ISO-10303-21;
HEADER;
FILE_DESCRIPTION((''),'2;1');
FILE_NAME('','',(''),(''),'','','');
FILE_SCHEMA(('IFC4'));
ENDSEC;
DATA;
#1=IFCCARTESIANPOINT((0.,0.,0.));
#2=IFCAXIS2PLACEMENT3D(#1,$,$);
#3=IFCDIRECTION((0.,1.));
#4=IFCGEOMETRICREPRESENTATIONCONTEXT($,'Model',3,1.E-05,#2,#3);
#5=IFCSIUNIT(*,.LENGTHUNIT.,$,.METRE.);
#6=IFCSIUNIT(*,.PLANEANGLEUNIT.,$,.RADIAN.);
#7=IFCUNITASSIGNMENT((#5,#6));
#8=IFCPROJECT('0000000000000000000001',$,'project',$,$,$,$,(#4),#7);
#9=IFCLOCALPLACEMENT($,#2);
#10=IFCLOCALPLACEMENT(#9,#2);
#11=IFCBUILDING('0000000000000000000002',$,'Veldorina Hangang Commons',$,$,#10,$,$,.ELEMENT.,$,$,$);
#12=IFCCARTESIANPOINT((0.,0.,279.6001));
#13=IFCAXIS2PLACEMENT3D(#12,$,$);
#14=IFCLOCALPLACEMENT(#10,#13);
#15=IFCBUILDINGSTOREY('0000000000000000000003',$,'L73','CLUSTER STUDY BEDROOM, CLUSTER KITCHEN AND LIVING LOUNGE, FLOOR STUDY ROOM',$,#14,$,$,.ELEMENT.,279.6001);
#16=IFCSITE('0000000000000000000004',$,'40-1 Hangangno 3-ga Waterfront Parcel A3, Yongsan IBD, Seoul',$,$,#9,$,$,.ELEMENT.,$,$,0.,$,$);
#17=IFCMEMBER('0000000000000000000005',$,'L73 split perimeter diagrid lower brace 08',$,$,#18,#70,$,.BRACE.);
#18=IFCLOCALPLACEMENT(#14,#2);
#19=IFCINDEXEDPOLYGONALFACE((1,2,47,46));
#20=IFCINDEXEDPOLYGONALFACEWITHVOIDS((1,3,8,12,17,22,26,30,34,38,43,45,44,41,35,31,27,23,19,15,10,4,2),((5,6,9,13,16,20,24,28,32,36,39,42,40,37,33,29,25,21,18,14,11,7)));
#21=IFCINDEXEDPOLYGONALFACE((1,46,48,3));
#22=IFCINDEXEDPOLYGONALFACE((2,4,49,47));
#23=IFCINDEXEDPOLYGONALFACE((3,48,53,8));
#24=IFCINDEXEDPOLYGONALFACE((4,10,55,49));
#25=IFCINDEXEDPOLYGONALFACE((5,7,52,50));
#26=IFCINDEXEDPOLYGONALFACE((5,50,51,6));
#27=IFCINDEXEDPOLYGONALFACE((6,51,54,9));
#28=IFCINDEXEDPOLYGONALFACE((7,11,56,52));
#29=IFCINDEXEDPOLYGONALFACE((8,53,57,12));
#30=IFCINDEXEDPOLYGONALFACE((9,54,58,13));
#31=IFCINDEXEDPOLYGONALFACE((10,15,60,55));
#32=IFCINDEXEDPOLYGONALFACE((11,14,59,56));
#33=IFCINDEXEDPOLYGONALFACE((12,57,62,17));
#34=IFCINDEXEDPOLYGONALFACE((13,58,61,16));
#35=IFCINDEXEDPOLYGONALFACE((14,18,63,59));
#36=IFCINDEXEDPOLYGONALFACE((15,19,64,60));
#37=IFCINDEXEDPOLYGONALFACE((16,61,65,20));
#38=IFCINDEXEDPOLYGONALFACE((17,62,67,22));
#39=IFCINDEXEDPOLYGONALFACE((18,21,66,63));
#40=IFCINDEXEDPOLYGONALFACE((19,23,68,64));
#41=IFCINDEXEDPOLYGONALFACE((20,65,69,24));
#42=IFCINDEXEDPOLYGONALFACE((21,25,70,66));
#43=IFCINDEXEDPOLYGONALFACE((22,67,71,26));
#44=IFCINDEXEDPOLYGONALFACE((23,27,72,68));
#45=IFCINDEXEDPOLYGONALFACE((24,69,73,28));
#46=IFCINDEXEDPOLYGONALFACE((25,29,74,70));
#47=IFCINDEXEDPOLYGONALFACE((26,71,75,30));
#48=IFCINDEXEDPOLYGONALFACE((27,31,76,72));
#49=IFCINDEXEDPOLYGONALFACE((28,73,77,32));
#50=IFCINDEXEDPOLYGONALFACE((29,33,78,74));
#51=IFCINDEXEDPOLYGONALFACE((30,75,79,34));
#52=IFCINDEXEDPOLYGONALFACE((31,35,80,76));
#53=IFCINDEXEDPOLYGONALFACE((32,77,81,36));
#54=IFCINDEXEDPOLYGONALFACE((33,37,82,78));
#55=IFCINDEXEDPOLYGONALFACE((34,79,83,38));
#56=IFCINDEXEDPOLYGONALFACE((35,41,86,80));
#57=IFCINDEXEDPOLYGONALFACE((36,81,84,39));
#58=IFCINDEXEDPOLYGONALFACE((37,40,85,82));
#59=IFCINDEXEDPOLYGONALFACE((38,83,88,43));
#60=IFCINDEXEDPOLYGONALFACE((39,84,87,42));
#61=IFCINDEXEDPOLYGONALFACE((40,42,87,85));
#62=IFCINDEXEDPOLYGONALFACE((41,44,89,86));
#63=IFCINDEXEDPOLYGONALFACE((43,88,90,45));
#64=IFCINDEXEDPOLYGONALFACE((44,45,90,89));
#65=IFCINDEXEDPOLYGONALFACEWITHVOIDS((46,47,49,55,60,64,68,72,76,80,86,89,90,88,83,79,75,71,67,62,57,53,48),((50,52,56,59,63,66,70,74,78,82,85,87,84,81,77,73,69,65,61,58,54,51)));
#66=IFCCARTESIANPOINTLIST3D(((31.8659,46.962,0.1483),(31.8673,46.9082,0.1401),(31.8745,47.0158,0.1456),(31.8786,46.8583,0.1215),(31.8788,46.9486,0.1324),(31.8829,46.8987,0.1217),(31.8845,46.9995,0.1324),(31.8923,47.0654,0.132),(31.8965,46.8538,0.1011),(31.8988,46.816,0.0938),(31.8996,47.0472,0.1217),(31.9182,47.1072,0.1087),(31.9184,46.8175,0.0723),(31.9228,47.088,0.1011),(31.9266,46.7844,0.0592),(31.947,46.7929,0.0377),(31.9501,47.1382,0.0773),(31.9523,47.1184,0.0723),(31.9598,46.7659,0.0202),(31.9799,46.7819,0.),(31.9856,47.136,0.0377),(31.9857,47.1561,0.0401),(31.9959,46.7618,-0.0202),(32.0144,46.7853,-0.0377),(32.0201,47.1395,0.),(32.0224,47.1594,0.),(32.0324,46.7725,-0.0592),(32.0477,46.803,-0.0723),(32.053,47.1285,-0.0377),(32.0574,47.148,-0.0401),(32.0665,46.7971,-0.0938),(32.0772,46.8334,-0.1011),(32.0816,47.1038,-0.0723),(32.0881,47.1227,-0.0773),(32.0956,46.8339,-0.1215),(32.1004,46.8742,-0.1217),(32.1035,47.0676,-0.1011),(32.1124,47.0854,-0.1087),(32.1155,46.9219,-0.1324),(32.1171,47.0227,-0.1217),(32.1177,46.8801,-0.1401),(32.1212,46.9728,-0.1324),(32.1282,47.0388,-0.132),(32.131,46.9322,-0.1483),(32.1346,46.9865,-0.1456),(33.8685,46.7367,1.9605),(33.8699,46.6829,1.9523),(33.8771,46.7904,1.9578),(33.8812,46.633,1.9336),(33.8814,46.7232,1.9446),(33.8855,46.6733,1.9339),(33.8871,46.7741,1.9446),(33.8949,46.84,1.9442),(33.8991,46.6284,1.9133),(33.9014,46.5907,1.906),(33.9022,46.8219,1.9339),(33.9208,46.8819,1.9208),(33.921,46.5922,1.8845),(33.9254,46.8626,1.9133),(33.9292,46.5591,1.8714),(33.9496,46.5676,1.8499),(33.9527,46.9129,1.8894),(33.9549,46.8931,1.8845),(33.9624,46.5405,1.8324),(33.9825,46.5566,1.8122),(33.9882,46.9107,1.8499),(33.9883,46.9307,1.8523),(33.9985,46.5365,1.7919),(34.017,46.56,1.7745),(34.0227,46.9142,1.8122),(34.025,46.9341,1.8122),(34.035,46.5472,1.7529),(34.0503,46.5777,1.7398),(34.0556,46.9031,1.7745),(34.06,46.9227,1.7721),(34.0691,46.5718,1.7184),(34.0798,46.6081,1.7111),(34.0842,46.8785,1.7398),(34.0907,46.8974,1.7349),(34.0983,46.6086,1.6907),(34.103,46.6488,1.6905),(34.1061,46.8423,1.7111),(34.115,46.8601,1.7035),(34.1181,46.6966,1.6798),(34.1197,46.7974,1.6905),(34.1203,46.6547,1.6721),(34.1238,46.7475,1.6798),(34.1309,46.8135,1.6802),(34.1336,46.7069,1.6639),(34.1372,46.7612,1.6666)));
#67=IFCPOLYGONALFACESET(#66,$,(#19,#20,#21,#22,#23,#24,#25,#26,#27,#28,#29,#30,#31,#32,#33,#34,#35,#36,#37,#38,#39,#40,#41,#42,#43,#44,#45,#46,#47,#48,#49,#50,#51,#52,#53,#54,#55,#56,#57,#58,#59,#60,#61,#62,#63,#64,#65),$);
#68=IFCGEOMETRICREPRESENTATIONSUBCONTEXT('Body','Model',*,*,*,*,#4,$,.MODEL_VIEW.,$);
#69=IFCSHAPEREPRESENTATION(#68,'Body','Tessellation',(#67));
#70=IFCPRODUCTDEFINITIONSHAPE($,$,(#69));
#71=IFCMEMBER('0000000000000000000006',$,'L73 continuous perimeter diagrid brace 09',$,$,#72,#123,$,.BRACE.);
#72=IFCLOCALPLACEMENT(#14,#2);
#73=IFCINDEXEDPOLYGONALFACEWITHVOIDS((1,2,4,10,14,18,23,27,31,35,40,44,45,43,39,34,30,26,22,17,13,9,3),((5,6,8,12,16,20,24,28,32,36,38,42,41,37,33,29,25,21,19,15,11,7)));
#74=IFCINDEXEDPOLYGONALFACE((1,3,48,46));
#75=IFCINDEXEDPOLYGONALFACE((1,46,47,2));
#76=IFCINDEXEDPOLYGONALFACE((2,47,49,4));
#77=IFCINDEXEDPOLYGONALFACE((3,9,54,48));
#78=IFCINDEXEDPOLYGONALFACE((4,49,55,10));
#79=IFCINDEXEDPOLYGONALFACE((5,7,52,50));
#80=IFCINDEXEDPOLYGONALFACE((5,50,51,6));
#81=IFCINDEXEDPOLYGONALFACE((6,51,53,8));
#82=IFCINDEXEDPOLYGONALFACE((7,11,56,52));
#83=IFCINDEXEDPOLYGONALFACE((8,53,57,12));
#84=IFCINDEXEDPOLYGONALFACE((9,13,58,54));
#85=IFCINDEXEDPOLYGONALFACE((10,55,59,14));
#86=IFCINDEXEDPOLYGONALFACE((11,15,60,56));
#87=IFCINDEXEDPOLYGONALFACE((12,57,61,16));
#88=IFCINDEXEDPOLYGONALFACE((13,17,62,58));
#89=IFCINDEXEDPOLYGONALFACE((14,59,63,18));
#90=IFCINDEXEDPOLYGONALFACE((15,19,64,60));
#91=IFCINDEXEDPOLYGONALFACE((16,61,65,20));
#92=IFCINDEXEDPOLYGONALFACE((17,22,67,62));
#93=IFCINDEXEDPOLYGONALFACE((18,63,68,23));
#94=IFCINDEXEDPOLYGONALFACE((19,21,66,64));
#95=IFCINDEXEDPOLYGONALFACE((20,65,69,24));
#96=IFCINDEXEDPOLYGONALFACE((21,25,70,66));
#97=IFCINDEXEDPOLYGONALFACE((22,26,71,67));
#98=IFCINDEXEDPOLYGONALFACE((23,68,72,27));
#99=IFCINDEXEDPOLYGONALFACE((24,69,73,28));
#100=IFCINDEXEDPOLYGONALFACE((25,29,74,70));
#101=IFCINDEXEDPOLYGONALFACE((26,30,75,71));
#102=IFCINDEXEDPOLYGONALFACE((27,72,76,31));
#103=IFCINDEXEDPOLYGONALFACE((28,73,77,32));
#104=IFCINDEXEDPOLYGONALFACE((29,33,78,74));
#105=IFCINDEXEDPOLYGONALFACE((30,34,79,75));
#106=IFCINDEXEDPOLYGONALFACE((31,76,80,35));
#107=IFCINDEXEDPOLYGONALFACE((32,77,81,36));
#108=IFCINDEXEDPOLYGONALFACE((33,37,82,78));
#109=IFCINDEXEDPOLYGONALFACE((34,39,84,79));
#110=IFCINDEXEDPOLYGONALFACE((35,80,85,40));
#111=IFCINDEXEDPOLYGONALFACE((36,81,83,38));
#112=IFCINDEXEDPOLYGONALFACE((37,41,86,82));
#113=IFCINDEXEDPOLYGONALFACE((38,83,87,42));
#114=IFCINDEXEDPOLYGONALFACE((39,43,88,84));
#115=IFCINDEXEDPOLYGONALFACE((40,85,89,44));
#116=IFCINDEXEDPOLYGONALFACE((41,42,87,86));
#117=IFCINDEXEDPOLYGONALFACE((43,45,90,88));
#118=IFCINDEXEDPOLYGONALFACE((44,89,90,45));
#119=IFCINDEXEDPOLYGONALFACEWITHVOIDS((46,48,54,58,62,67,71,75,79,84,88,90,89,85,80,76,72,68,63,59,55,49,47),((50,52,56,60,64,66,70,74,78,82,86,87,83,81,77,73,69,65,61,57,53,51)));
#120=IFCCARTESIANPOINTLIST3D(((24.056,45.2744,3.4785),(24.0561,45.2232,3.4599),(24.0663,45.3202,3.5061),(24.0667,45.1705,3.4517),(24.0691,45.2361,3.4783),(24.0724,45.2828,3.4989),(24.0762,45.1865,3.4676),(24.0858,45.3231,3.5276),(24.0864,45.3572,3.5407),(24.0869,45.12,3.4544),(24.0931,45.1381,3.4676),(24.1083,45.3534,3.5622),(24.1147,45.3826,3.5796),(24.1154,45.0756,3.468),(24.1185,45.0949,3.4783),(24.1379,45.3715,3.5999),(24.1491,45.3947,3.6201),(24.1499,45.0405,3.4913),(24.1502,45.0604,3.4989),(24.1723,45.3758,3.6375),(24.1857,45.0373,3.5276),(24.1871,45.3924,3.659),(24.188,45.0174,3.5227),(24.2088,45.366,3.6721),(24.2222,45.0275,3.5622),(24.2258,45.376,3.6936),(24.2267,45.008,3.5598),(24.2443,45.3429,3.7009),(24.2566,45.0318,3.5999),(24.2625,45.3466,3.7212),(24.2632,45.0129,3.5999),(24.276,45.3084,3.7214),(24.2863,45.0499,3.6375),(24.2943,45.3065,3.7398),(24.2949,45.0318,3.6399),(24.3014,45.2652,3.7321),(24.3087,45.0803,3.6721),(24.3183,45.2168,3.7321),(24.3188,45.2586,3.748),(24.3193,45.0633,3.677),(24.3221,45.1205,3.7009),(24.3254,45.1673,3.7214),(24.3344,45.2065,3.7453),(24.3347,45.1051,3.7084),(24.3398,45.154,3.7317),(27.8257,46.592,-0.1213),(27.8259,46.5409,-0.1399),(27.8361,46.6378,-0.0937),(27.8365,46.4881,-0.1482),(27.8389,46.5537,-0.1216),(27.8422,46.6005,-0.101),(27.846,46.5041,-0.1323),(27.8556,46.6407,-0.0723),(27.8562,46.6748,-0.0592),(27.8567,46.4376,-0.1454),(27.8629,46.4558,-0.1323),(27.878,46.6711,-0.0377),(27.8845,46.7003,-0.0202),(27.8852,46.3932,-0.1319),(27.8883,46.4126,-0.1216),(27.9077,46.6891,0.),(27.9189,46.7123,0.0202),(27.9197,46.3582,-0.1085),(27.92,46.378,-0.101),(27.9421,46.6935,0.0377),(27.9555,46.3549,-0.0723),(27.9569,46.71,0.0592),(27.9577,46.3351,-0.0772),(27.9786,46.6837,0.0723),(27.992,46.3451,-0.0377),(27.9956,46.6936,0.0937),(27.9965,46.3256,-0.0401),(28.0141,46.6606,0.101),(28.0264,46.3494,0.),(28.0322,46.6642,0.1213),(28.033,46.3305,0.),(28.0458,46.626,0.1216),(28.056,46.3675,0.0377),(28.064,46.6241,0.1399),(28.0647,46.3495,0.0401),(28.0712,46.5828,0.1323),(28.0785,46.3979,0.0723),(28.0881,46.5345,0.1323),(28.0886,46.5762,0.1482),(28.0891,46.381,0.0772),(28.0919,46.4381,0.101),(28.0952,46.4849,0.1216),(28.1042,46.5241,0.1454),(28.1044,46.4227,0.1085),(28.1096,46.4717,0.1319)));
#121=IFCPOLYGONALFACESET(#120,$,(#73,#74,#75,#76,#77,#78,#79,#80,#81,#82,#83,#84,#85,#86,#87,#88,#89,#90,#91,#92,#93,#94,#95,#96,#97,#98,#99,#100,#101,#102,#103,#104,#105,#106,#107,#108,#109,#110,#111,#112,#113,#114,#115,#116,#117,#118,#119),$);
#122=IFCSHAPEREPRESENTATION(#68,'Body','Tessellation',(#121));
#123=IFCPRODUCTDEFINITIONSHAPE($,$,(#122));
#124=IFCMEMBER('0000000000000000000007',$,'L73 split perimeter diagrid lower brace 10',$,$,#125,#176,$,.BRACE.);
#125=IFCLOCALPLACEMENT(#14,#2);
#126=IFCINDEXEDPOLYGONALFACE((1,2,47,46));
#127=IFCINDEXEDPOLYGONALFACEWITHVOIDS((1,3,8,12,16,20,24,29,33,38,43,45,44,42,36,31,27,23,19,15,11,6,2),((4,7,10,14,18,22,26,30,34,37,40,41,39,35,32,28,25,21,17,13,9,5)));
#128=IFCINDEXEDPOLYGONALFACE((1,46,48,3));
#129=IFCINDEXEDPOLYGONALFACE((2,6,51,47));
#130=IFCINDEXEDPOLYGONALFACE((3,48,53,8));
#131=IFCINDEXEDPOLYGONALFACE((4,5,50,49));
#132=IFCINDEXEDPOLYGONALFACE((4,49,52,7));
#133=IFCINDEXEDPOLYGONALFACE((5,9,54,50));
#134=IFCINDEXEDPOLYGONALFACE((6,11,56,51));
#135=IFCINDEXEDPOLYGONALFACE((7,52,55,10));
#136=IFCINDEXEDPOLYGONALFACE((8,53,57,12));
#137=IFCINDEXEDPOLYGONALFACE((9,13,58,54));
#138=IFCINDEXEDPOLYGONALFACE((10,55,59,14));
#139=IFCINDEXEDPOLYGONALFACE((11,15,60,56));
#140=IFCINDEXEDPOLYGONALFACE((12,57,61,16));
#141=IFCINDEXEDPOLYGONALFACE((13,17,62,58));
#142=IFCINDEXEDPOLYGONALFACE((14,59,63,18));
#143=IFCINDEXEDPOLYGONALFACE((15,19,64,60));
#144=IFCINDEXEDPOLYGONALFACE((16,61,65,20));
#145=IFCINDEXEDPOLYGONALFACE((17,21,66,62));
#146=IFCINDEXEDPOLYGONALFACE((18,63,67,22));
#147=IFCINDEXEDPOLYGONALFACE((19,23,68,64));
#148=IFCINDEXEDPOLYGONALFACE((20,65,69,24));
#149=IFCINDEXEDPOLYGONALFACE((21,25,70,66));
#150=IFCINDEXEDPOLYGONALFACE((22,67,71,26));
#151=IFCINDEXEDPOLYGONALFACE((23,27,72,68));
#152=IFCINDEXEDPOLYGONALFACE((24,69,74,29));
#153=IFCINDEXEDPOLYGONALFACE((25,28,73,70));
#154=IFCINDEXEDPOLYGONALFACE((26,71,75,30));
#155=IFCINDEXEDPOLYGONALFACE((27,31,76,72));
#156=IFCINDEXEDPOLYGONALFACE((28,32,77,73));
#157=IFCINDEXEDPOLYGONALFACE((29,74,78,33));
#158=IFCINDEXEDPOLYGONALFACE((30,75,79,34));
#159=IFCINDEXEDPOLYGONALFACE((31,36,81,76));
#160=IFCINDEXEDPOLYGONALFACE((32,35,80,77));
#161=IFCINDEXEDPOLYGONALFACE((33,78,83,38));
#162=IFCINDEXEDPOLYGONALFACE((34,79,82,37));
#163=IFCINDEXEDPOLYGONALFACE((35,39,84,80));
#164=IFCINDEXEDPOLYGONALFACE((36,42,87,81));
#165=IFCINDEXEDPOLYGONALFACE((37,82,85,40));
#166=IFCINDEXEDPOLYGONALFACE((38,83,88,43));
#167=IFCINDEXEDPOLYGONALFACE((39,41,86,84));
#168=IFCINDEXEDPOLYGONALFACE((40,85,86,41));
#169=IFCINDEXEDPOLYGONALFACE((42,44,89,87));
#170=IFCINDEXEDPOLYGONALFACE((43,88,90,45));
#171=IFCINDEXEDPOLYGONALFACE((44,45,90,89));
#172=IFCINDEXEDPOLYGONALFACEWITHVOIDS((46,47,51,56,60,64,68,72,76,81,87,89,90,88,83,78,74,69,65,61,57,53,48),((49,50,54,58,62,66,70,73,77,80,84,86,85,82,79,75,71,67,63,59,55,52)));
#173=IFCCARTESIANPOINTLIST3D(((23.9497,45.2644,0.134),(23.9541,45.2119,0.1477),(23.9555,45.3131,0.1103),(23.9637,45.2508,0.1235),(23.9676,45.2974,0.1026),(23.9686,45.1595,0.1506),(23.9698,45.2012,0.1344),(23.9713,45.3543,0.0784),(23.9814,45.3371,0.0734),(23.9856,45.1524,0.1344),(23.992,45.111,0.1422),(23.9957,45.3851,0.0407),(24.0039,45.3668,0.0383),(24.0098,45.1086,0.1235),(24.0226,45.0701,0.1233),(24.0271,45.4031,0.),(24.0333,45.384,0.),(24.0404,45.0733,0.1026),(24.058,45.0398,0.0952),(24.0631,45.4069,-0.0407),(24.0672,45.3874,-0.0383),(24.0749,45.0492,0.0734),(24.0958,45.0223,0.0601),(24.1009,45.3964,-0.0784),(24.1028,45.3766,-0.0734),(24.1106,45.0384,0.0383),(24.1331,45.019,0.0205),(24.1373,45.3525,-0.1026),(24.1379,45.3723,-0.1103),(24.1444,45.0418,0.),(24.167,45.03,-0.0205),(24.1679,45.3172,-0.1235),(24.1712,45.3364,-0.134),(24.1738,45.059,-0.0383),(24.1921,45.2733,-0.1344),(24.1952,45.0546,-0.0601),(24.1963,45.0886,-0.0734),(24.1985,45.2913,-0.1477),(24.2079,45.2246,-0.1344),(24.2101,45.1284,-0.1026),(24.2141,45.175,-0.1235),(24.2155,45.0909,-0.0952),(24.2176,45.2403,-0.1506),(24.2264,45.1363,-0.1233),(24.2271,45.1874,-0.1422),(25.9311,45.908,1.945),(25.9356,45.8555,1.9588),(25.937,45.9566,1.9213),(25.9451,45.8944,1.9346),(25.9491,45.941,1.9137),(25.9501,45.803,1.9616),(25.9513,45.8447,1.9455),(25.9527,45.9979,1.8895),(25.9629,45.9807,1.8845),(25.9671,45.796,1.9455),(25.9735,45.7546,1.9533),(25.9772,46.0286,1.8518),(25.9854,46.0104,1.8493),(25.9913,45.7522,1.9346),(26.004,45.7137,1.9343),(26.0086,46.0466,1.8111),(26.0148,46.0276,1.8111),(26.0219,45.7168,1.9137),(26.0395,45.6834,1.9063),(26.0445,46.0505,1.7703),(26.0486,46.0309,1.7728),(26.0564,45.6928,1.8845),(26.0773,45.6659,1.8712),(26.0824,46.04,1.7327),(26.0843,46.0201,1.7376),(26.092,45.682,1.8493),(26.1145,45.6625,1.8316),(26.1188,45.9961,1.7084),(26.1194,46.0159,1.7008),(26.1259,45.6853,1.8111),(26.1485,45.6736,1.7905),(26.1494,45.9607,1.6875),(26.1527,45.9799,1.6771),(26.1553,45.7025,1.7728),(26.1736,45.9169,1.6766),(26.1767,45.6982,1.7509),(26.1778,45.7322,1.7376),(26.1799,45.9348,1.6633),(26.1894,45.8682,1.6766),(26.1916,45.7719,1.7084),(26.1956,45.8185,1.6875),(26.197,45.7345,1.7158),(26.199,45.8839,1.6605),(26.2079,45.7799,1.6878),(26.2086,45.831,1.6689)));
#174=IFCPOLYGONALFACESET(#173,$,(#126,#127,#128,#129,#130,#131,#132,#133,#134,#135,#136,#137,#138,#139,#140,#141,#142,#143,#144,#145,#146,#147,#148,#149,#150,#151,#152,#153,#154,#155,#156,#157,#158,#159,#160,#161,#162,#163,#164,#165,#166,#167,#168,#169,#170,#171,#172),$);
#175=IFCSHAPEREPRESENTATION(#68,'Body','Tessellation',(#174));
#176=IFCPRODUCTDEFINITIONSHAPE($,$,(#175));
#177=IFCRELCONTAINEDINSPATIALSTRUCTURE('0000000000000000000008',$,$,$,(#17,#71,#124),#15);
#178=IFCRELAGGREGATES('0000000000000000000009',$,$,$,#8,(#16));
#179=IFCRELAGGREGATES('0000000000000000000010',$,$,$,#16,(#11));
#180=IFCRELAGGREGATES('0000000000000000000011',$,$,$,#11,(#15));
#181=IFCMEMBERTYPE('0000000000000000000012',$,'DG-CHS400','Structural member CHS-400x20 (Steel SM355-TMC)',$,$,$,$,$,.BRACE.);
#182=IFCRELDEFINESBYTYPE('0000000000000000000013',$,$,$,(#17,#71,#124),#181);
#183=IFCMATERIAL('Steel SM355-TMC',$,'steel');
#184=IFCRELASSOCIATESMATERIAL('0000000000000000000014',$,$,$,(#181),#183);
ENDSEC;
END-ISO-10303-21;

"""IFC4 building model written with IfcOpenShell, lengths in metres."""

from ifc_helpers import new_model, si_unit, direction, frame, origin, origin_2d, place, context, subcontext, project, spatial, hollow_circle, extrude, material, material_profile, profile_set, type_object, element, save


model = new_model("IFC4")

# Units and contexts
model_context = context("Model", 3, precision=1e-05, world=origin(), true_north=direction((0.0, 1.0)))
body_context = subcontext(model_context, "Body", "Model", "MODEL_VIEW")
ifc_project = project(units=[si_unit("LENGTHUNIT", "METRE"), si_unit("PLANEANGLEUNIT", "RADIAN")], contexts=[model_context])

# Site, building, storey
site_placement = place(None, origin())
site = spatial("IfcSite", under=ifc_project, at=site_placement, Name="40-1 Hangangno 3-ga Waterfront Parcel A3, Yongsan IBD, Seoul", CompositionType="ELEMENT", RefElevation=0.0)
building_placement = place(site_placement, origin())
building = spatial("IfcBuilding", under=site, at=building_placement, Name="Veldorina Hangang Commons", CompositionType="ELEMENT")
storey_placement = place(building_placement, frame((0.0, 0.0, 279.6001)))
storey = spatial("IfcBuildingStorey", under=building, at=storey_placement, Name="L73", Description="CLUSTER STUDY BEDROOM, CLUSTER KITCHEN AND LIVING LOUNGE, FLOOR STUDY ROOM", CompositionType="ELEMENT", Elevation=279.6001)

# Shared definitions
ifc_material_1 = material(Name="Steel SM355-TMC", Category="steel")

# Members
ifc_material_profile_1 = material_profile(ifc_material_1, hollow_circle(Radius=0.2, WallThickness=0.02, at=origin_2d()), Name="CHS-400x20")
ifc_profile_set_1 = profile_set([ifc_material_profile_1], Name="Steel SM355-TMC")
member_type_1 = type_object("IfcMemberType", Name="DG-CHS400", Description="Structural member CHS-400x20 (Steel SM355-TMC)", PredefinedType="BRACE", material=ifc_profile_set_1)
member_1_placement = place(storey_placement, frame((32.0, 46.9607, 0.0), z_axis=(0.738913, -0.083142, 0.668652), x_axis=(0.111814, 0.993729, 0.0)))
element("IfcMember", 1, at=member_1_placement, inside=storey, type_object=member_type_1, Name="L73 split perimeter diagrid lower brace 08", PredefinedType="BRACE", context=body_context, shape_type="SweptSolid", body=[
    extrude(hollow_circle(Radius=0.2, WallThickness=0.02, at=origin_2d()), origin(), (0.0, 0.0, 1.0), 2.7102),
])
member_2_placement = place(storey_placement, frame((27.967, 46.5193, 0.0), z_axis=(-0.701163, -0.245073, 0.669559), x_axis=(0.32995, -0.943998, 0.0)))
element("IfcMember", 2, at=member_2_placement, inside=storey, type_object=member_type_1, Name="L73 continuous perimeter diagrid brace 09", PredefinedType="BRACE", context=body_context, shape_type="SweptSolid", body=[
    extrude(hollow_circle(Radius=0.2, WallThickness=0.02, at=origin_2d()), origin(), (0.0, 0.0, 1.0), 5.3765),
])
member_3_placement = place(storey_placement, frame((24.0889, 45.2129, 0.0), z_axis=(0.717795, 0.233133, 0.656063), x_axis=(-0.308906, 0.951093, 0.0)))
element("IfcMember", 3, at=member_3_placement, inside=storey, type_object=member_type_1, Name="L73 split perimeter diagrid lower brace 10", PredefinedType="BRACE", context=body_context, shape_type="SweptSolid", body=[
    extrude(hollow_circle(Radius=0.2, WallThickness=0.02, at=origin_2d()), origin(), (0.0, 0.0, 1.0), 2.7605),
])

save(model, "model.ifc")
